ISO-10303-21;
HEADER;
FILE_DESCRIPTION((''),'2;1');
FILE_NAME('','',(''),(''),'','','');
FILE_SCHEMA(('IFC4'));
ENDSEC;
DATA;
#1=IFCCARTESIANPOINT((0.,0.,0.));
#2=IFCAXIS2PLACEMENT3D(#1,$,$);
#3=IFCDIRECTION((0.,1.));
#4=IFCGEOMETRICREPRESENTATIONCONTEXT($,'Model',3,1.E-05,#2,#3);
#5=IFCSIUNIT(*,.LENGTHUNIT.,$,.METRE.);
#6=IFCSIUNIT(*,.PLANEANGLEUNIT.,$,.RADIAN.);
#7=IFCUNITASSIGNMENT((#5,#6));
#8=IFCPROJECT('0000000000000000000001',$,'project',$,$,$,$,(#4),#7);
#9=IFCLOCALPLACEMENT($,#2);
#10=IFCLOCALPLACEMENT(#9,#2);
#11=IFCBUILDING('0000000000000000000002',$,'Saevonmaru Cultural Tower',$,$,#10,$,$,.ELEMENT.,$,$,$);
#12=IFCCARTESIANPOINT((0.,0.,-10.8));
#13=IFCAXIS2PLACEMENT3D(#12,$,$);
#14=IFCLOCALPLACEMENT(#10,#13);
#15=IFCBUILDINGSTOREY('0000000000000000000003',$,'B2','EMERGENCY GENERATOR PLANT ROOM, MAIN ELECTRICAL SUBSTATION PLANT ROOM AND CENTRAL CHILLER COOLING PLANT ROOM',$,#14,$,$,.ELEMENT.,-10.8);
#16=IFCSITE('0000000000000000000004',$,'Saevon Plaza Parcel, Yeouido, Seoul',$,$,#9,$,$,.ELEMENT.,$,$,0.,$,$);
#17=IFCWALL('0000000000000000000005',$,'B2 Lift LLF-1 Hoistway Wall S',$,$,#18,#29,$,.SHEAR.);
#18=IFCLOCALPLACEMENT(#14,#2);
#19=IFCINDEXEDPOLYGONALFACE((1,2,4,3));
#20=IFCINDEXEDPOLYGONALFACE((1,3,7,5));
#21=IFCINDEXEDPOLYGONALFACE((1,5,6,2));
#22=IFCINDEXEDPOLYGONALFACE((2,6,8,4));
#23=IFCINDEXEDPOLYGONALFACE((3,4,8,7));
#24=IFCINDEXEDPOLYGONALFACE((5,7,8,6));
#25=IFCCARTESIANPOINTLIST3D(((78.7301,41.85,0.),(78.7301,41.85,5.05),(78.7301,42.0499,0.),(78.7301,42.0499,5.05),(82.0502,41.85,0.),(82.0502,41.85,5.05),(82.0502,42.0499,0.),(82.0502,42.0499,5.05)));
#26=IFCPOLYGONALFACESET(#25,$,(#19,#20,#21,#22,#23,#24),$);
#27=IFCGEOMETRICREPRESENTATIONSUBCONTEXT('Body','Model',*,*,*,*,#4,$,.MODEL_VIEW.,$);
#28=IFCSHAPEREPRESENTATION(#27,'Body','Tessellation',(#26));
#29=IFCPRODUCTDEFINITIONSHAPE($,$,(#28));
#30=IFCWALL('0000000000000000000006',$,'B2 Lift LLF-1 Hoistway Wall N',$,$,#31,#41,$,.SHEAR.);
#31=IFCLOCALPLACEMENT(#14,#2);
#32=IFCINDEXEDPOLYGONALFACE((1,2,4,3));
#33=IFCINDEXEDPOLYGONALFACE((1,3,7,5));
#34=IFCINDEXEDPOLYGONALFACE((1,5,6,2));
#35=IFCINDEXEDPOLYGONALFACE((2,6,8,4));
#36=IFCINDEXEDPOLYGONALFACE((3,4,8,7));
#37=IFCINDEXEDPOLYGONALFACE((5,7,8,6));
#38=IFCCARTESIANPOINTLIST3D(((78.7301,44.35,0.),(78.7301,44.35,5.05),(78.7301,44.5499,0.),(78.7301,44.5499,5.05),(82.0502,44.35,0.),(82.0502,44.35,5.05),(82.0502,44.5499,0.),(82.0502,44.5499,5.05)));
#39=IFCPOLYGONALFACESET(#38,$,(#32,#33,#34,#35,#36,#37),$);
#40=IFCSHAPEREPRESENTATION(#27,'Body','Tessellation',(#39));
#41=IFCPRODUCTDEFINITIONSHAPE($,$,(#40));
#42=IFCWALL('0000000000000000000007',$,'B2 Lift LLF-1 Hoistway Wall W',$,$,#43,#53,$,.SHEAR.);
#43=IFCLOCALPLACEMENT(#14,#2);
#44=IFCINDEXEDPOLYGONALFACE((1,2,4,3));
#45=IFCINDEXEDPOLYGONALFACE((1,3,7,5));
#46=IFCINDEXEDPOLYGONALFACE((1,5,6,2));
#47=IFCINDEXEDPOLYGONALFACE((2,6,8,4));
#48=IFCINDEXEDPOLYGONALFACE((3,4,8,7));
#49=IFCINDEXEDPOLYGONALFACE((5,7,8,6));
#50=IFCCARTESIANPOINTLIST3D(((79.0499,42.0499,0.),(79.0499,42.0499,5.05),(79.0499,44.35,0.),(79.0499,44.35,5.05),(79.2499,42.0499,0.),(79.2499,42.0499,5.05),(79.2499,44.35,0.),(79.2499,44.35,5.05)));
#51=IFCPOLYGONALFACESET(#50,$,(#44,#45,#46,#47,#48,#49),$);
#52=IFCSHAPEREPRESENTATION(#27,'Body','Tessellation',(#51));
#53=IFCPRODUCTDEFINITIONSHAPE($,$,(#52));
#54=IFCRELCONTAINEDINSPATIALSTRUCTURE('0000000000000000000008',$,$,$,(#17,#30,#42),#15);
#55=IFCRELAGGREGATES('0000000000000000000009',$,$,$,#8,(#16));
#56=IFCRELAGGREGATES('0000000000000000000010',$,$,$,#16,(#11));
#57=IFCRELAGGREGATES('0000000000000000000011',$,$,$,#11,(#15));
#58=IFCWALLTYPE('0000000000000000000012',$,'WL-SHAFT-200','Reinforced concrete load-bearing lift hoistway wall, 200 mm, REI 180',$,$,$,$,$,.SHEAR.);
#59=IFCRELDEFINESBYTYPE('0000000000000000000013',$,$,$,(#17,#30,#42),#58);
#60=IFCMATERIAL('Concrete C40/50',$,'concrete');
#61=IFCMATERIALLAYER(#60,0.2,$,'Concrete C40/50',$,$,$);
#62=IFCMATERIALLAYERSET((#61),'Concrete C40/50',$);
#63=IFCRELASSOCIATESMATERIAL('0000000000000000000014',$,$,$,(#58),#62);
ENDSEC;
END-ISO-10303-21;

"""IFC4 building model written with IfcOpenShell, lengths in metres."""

from ifc_helpers import new_model, si_unit, direction, frame, frame_2d, origin, place, context, subcontext, project, spatial, rectangle, extrude, material, layer, layer_set, type_object, element, save


model = new_model("IFC4")

# Units and contexts
model_context = context("Model", 3, precision=1e-05, world=origin(), true_north=direction((0.0, 1.0)))
body_context = subcontext(model_context, "Body", "Model", "MODEL_VIEW")
ifc_project = project(units=[si_unit("LENGTHUNIT", "METRE"), si_unit("PLANEANGLEUNIT", "RADIAN")], contexts=[model_context])

# Site, building, storey
site_placement = place(None, origin())
site = spatial("IfcSite", under=ifc_project, at=site_placement, Name="Saevon Plaza Parcel, Yeouido, Seoul", CompositionType="ELEMENT", RefElevation=0.0)
building_placement = place(site_placement, origin())
building = spatial("IfcBuilding", under=site, at=building_placement, Name="Saevonmaru Cultural Tower", CompositionType="ELEMENT")
storey_placement = place(building_placement, frame((0.0, 0.0, -10.8)))
storey = spatial("IfcBuildingStorey", under=building, at=storey_placement, Name="B2", Description="EMERGENCY GENERATOR PLANT ROOM, MAIN ELECTRICAL SUBSTATION PLANT ROOM AND CENTRAL CHILLER COOLING PLANT ROOM", CompositionType="ELEMENT", Elevation=-10.8)

# Shared definitions
ifc_material_1 = material(Name="Concrete C40/50", Category="concrete")

# Walls
ifc_layer_1 = layer(ifc_material_1, 0.2, Name="Concrete C40/50")
ifc_layer_set_1 = layer_set([ifc_layer_1], Name="Concrete C40/50")
wall_type_1 = type_object("IfcWallType", Name="WL-SHAFT-200", Description="Reinforced concrete load-bearing lift hoistway wall, 200 mm, REI 180", PredefinedType="SHEAR", material=ifc_layer_set_1)
for number, where, z_axis, x_axis, name in (
    (1, (78.73, 41.95, 0.0), (0.0, 0.0, 1.0), (1.0, 0.0, 0.0), "B2 Lift LLF-1 Hoistway Wall S"),
    (2, (78.73, 44.45, 0.0), (0.0, 0.0, 1.0), (1.0, 0.0, 0.0), "B2 Lift LLF-1 Hoistway Wall N"),
):
    element("IfcWall", number, at=place(storey_placement, frame(where, z_axis=z_axis, x_axis=x_axis)), inside=storey, type_object=wall_type_1, Name=name, PredefinedType="SHEAR", context=body_context, shape_type="SweptSolid", body=[
        extrude(rectangle(XDim=3.3201, YDim=0.2, at=frame_2d((1.6602, 0.0))), origin(), (0.0, 0.0, 1.0), 5.05),
    ])
wall_1_placement = place(storey_placement, frame((79.1499, 42.05, 0.0), z_axis=(0.0, 0.0, 1.0), x_axis=(0.0, 1.0, 0.0)))
element("IfcWall", 3, at=wall_1_placement, inside=storey, type_object=wall_type_1, Name="B2 Lift LLF-1 Hoistway Wall W", PredefinedType="SHEAR", context=body_context, shape_type="SweptSolid", body=[
    extrude(rectangle(XDim=2.3, YDim=0.2, at=frame_2d((1.1499, 0.0))), origin(), (0.0, 0.0, 1.0), 5.05),
])

save(model, "model.ifc")
